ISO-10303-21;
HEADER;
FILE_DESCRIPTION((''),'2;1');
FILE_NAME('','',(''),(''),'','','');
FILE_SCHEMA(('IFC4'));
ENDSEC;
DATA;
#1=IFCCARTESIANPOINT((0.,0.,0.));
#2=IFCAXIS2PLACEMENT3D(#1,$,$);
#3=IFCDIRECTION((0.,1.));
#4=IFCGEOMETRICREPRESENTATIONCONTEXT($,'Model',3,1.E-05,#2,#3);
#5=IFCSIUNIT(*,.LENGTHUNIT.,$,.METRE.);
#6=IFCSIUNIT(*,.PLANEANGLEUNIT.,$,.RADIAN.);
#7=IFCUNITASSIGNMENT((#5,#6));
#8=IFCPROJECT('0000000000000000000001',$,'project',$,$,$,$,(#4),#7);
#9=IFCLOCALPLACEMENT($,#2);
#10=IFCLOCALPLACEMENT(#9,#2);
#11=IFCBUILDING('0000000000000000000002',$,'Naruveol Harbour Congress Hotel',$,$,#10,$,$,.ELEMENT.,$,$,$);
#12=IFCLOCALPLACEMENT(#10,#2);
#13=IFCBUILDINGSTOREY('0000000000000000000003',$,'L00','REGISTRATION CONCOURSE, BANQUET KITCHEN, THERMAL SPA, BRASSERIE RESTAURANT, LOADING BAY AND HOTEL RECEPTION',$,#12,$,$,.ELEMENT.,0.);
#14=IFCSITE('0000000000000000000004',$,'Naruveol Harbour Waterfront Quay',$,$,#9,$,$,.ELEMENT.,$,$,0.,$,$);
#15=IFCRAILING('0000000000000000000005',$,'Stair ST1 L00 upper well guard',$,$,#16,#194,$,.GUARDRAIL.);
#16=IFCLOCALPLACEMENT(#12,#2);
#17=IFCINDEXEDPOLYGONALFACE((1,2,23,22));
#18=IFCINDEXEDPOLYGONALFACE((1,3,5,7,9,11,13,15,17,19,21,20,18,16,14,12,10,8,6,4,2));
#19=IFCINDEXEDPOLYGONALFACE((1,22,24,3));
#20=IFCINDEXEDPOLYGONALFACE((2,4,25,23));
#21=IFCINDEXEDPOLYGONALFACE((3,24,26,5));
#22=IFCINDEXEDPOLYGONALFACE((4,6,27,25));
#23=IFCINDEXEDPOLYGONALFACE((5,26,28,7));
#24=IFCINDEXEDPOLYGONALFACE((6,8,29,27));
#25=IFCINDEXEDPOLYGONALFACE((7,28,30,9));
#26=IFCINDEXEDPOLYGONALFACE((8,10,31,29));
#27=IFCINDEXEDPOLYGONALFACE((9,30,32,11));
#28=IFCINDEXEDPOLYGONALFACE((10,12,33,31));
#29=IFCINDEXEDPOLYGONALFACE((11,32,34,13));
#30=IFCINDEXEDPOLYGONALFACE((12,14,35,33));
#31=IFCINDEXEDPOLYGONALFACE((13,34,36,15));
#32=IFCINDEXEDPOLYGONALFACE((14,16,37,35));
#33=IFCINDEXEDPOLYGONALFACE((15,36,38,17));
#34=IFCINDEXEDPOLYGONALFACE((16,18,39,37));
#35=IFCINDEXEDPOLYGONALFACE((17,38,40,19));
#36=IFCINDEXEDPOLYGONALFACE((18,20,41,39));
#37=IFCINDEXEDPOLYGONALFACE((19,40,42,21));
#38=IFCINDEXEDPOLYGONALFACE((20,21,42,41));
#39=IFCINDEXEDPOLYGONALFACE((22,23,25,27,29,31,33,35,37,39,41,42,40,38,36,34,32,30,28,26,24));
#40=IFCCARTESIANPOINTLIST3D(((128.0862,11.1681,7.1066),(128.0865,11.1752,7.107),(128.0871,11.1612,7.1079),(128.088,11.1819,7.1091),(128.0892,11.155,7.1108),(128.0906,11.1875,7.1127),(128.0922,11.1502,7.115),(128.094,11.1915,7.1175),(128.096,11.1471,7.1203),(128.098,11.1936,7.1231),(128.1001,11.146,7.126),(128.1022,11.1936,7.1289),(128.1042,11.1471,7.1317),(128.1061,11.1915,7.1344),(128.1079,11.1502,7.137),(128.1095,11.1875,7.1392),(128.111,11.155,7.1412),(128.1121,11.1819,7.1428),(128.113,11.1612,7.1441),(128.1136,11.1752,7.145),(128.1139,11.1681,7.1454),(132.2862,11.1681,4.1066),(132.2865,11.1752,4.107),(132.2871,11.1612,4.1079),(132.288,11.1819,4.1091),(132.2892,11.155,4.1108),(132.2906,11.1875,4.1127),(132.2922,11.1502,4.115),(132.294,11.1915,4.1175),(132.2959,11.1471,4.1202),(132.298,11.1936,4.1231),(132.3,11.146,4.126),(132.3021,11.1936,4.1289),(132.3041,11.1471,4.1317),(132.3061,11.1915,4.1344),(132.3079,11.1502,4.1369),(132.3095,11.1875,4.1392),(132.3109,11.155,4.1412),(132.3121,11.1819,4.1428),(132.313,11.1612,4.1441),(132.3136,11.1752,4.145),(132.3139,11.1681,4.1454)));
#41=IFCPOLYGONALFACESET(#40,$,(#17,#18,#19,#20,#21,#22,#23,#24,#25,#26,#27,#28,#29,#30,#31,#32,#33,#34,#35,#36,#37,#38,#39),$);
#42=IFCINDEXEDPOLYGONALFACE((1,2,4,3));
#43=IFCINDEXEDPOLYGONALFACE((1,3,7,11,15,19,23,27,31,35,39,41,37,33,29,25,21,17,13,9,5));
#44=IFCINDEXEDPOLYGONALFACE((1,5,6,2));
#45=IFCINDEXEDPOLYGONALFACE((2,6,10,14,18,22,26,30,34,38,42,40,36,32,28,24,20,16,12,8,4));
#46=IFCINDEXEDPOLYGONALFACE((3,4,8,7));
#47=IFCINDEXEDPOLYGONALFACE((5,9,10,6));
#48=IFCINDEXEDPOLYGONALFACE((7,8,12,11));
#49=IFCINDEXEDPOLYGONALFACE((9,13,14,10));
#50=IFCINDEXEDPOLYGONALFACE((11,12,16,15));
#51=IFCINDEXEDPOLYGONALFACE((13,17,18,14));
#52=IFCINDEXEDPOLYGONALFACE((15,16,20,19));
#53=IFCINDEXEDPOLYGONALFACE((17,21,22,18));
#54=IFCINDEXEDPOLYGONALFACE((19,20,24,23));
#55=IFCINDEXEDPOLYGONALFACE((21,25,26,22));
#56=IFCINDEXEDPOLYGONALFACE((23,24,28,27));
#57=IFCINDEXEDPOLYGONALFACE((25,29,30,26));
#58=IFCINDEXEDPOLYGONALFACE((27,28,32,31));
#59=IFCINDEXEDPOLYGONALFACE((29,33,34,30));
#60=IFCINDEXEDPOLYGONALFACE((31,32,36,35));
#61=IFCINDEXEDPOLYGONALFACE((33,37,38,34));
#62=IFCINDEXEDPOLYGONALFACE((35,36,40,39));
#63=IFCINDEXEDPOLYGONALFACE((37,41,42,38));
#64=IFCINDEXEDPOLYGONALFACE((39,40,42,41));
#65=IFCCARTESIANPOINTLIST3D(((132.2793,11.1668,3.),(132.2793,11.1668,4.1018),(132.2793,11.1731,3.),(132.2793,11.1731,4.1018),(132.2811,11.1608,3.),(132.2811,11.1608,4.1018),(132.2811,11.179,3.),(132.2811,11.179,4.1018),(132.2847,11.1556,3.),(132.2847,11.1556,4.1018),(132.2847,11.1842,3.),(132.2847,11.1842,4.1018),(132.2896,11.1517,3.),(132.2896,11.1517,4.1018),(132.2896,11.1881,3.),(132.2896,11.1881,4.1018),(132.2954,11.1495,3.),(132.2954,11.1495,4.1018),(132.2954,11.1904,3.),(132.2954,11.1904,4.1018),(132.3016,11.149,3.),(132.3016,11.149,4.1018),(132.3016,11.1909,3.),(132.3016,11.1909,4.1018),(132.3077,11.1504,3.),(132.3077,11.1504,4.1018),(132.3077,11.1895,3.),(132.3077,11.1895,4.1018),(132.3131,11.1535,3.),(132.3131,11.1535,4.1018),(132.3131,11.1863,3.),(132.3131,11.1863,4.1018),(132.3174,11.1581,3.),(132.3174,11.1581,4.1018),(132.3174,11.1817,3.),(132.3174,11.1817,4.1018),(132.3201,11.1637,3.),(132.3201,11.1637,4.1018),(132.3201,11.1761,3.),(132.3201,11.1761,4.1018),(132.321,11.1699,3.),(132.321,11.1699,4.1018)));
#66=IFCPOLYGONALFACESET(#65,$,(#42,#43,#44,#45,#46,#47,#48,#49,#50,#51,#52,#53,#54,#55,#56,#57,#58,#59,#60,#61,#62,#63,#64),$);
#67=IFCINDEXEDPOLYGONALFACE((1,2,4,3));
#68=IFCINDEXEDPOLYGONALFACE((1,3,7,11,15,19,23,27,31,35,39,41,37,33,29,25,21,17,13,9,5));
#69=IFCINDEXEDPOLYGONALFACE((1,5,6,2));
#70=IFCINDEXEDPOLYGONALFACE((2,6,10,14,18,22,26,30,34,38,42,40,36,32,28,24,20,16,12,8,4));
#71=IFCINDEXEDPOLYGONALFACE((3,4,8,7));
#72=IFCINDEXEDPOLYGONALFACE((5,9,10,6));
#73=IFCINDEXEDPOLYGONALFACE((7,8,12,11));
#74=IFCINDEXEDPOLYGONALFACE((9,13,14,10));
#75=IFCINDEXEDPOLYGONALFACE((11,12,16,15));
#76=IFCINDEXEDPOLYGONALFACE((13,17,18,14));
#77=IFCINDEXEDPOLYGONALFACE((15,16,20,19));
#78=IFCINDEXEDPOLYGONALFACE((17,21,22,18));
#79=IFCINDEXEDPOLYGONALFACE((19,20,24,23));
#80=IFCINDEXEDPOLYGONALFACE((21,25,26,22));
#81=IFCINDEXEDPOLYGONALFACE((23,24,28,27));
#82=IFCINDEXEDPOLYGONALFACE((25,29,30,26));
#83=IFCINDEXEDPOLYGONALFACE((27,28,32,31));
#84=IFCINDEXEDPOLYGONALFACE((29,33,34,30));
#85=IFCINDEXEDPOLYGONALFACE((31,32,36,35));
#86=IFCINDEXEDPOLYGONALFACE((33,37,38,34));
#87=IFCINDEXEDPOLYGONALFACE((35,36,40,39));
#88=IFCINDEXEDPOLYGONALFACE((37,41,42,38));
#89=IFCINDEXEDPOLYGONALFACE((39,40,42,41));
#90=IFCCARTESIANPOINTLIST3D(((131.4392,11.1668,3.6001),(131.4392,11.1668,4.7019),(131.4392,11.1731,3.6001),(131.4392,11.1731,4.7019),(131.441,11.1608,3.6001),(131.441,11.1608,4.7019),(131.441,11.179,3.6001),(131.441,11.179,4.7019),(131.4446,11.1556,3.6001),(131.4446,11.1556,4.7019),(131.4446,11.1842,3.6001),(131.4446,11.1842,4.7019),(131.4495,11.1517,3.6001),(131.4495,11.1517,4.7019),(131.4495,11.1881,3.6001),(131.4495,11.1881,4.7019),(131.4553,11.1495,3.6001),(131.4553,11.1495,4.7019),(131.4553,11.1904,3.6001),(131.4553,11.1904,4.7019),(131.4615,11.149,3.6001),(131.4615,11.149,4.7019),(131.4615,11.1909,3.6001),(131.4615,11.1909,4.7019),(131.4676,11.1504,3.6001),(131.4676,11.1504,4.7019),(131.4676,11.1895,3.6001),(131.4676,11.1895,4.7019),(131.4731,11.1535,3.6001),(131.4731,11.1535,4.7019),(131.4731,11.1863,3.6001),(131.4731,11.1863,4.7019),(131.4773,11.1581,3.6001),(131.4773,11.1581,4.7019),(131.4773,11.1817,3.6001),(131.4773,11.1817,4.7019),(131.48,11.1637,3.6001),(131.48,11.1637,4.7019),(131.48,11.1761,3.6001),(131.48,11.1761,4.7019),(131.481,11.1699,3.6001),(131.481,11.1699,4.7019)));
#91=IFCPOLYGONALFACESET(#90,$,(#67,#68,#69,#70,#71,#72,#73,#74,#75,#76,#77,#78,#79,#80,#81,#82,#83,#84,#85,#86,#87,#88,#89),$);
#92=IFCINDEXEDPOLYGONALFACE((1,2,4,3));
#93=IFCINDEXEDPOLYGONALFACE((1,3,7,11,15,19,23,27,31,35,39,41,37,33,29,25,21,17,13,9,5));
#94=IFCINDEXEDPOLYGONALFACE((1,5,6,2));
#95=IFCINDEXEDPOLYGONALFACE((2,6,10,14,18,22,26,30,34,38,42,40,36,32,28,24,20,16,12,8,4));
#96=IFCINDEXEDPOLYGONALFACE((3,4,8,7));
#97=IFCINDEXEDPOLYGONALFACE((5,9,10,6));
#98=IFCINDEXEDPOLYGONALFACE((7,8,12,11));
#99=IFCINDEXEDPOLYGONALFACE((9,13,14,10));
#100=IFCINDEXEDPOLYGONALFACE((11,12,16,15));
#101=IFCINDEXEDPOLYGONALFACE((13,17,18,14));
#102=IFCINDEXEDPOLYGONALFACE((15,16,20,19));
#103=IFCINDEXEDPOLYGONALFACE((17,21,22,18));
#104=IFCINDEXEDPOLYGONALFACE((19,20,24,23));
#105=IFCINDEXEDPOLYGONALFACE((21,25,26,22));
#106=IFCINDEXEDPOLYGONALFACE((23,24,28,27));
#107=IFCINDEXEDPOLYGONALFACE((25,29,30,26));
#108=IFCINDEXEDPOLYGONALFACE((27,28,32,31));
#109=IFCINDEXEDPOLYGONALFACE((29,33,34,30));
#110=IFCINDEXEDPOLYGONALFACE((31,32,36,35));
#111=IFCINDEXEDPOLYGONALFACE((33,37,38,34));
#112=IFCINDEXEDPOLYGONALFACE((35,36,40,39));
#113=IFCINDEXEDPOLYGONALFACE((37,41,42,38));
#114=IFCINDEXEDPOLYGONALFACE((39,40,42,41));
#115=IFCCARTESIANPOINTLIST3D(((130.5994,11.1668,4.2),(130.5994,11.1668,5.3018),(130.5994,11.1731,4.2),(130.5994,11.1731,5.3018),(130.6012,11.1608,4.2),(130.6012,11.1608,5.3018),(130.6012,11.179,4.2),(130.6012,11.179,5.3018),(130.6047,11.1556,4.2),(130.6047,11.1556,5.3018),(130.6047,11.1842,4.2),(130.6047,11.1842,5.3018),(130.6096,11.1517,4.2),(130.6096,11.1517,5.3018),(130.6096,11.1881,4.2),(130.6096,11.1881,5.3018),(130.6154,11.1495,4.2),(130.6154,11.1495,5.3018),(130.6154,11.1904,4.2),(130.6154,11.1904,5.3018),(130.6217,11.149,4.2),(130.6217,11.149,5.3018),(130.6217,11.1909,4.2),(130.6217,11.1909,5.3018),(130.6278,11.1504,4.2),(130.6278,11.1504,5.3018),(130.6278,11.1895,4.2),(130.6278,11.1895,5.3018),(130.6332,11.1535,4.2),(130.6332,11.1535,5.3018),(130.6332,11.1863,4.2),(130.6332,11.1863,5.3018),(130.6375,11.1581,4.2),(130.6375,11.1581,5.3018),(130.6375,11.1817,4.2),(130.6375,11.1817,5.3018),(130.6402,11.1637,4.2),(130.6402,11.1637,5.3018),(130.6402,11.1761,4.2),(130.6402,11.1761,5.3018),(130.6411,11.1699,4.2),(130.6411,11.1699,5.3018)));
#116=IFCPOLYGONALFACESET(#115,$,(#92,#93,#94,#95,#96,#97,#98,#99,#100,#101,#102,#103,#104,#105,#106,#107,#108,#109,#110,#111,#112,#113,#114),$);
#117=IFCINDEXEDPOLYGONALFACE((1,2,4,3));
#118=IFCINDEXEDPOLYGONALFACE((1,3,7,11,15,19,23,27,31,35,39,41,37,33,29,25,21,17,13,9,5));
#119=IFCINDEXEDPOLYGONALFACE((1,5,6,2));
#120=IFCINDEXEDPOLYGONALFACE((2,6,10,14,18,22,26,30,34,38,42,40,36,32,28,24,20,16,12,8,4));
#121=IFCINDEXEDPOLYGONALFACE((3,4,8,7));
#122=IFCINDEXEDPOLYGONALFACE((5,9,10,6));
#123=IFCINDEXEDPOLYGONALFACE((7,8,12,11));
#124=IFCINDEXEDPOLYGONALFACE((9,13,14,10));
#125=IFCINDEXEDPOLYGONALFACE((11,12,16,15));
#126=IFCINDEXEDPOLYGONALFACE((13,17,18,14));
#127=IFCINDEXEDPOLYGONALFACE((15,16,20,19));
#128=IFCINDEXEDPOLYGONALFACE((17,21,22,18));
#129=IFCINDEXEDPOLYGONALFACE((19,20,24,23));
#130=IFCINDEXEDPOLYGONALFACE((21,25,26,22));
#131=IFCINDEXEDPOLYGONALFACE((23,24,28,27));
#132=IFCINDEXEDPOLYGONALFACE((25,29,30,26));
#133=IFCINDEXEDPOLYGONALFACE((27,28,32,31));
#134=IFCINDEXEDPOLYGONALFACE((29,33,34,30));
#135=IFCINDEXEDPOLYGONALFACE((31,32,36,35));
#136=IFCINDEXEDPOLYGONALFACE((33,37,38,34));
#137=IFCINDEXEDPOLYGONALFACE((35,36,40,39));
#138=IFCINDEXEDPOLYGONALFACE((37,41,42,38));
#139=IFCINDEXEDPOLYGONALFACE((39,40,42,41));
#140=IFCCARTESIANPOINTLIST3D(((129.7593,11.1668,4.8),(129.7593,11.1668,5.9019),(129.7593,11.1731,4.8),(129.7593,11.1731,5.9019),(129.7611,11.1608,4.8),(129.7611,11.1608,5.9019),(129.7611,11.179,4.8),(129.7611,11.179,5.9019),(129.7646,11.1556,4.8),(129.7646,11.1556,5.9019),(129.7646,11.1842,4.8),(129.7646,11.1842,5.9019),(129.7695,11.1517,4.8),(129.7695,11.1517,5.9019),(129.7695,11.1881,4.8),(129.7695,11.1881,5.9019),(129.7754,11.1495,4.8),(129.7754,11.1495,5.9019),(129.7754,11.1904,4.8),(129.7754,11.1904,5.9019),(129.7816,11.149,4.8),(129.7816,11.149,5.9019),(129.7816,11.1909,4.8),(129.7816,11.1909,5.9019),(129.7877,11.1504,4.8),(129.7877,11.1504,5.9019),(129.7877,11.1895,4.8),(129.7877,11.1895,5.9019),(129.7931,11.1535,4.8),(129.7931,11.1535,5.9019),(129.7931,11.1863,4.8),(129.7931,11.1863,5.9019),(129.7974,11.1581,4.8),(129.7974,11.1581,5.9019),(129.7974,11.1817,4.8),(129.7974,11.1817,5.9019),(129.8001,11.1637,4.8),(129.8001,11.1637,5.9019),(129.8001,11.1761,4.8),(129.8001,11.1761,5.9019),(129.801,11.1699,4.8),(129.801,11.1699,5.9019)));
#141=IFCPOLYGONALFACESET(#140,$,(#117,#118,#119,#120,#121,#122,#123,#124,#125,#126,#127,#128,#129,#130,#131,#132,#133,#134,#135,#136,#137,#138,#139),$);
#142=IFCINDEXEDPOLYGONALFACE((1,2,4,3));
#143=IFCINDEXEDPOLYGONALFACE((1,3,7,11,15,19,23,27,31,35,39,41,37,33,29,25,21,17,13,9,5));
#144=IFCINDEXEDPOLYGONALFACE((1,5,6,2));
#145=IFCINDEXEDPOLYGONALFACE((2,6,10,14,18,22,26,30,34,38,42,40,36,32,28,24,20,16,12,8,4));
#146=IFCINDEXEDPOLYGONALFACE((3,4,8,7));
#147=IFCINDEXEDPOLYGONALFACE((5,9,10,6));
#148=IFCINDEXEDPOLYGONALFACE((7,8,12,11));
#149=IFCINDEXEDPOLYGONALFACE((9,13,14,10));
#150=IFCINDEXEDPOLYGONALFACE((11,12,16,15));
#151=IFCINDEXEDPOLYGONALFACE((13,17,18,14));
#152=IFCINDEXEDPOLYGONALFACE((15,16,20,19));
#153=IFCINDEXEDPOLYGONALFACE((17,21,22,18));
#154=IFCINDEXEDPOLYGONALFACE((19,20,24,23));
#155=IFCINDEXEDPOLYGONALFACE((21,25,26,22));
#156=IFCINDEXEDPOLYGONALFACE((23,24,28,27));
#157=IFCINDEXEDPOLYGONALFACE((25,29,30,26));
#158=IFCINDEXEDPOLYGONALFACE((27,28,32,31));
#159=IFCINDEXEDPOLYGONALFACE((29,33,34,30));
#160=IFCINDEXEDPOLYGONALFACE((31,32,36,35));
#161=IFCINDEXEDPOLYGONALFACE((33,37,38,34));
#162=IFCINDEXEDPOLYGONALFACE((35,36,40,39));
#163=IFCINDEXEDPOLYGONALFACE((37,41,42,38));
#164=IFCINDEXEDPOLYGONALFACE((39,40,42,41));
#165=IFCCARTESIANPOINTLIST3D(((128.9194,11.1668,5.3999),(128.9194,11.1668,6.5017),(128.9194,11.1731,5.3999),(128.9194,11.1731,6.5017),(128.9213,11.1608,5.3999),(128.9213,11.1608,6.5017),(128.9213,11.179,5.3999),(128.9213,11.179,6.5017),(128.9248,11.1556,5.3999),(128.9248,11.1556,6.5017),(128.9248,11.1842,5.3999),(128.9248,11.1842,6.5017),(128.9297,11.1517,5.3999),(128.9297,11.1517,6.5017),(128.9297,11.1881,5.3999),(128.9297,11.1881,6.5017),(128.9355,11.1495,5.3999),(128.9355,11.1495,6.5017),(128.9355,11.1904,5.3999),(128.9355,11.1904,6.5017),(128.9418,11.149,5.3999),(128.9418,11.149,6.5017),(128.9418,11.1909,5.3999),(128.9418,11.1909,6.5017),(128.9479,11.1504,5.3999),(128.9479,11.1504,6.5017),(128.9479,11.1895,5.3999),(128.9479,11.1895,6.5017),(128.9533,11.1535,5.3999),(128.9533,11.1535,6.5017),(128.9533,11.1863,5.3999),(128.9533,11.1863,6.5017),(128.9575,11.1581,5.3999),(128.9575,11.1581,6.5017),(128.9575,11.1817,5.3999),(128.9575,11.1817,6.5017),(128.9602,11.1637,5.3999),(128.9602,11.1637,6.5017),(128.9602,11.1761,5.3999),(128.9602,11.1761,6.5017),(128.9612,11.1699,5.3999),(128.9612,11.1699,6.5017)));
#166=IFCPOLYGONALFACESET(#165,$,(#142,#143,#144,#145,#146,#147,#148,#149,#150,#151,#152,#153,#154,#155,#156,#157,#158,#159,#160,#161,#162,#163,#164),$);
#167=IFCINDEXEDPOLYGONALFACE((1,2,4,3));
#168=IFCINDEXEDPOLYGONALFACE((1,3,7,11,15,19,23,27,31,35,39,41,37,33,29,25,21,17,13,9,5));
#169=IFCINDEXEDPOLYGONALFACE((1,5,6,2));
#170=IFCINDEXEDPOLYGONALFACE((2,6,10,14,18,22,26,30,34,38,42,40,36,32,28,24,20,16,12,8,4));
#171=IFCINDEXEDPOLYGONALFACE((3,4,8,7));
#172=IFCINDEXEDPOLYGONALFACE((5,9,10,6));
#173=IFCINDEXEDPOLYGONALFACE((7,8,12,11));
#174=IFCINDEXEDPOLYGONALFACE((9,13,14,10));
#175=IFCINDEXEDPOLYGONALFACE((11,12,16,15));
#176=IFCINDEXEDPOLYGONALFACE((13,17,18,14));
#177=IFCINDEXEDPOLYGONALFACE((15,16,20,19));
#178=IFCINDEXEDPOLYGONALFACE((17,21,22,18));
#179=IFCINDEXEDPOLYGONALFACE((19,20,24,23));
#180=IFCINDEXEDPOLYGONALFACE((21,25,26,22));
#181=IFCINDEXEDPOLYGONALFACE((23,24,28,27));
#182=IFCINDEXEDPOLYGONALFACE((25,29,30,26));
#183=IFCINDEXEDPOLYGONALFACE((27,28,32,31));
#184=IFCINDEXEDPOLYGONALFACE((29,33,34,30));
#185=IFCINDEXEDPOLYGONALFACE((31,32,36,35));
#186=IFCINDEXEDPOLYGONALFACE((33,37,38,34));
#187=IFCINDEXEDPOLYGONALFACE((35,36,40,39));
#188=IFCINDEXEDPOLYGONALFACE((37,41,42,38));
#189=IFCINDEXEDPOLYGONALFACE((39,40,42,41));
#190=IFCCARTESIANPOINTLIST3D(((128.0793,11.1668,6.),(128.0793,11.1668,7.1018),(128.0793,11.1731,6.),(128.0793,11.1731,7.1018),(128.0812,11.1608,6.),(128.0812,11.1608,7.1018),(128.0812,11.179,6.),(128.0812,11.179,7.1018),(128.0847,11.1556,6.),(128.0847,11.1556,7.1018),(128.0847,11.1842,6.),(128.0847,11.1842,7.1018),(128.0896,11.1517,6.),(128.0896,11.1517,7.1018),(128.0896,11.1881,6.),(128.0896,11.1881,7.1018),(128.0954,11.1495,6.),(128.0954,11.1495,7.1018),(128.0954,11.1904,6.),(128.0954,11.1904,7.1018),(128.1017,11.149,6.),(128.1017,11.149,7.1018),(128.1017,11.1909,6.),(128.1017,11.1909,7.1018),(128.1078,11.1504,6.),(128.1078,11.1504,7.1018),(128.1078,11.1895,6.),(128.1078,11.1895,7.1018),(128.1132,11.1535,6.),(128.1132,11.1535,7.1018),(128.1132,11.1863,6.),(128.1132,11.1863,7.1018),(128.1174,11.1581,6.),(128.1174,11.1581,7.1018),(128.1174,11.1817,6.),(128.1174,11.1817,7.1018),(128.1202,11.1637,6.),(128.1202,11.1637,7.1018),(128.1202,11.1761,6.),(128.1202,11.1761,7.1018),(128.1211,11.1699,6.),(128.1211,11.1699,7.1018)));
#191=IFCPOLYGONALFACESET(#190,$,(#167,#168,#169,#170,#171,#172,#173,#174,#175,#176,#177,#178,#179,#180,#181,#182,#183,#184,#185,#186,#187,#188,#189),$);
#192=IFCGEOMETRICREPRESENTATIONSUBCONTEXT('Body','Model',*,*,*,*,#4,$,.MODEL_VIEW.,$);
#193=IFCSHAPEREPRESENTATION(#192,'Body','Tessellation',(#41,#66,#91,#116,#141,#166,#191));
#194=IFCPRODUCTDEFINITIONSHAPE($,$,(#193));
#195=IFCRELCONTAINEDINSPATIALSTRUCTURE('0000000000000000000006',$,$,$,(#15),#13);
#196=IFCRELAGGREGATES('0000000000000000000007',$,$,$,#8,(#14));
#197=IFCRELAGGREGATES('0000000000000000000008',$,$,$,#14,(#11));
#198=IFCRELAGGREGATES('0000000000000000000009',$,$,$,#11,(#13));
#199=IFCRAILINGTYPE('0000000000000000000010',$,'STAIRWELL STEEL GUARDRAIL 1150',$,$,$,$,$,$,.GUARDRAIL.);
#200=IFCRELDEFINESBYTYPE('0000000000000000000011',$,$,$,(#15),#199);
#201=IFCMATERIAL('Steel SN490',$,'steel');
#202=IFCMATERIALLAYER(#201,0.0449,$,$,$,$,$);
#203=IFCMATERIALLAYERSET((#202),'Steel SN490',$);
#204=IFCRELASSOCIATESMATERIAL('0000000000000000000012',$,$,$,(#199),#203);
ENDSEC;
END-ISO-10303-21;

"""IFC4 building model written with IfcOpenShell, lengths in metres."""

from ifc_helpers import new_model, si_unit, direction, frame, origin, origin_2d, place, context, subcontext, project, spatial, circle, extrude, material, layer, layer_set, type_object, element, save


model = new_model("IFC4")

# Units and contexts
model_context = context("Model", 3, precision=1e-05, world=origin(), true_north=direction((0.0, 1.0)))
body_context = subcontext(model_context, "Body", "Model", "MODEL_VIEW")
ifc_project = project(units=[si_unit("LENGTHUNIT", "METRE"), si_unit("PLANEANGLEUNIT", "RADIAN")], contexts=[model_context])

# Site, building, storey
site_placement = place(None, origin())
site = spatial("IfcSite", under=ifc_project, at=site_placement, Name="Naruveol Harbour Waterfront Quay", CompositionType="ELEMENT", RefElevation=0.0)
building_placement = place(site_placement, origin())
building = spatial("IfcBuilding", under=site, at=building_placement, Name="Naruveol Harbour Congress Hotel", CompositionType="ELEMENT")
storey_placement = place(building_placement, origin())
storey = spatial("IfcBuildingStorey", under=building, at=storey_placement, Name="L00", Description="REGISTRATION CONCOURSE, BANQUET KITCHEN, THERMAL SPA, BRASSERIE RESTAURANT, LOADING BAY AND HOTEL RECEPTION", CompositionType="ELEMENT", Elevation=0.0)

# Railing
ifc_material_1 = material(Name="Steel SN490", Category="steel")
ifc_layer_1 = layer(ifc_material_1, 0.0449)
ifc_layer_set_1 = layer_set([ifc_layer_1], Name="Steel SN490")
railing_type_1 = type_object("IfcRailingType", Name="STAIRWELL STEEL GUARDRAIL 1150", PredefinedType="GUARDRAIL", material=ifc_layer_set_1)
railing_1_placement = place(storey_placement, frame((132.3, 11.1699, 3.0)))
element("IfcRailing", 1, at=railing_1_placement, inside=storey, type_object=railing_type_1, Name="Stair ST1 L00 upper well guard", PredefinedType="GUARDRAIL", context=body_context, shape_type="SweptSolid", body=[
    extrude(circle(Radius=0.0239, at=origin_2d()), frame((0.0, 0.0, 1.126), z_axis=(-0.81373, 0.0, 0.581243), x_axis=(0.0, -1.0, 0.0)), (0.0, 0.0, 1.0), 5.1614),
    extrude(circle(Radius=0.021, at=origin_2d()), origin(), (0.0, 0.0, 1.0), 1.1018),
    extrude(circle(Radius=0.021, at=origin_2d()), frame((-0.8401, 0.0, 0.6001)), (0.0, 0.0, 1.0), 1.1018),
    extrude(circle(Radius=0.021, at=origin_2d()), frame((-1.6799, 0.0, 1.2)), (0.0, 0.0, 1.0), 1.1018),
    extrude(circle(Radius=0.021, at=origin_2d()), frame((-2.52, 0.0, 1.8)), (0.0, 0.0, 1.0), 1.1018),
    extrude(circle(Radius=0.021, at=origin_2d()), frame((-3.3599, 0.0, 2.3999)), (0.0, 0.0, 1.0), 1.1018),
    extrude(circle(Radius=0.021, at=origin_2d()), frame((-4.2, 0.0, 3.0)), (0.0, 0.0, 1.0), 1.1018),
])

save(model, "model.ifc")
